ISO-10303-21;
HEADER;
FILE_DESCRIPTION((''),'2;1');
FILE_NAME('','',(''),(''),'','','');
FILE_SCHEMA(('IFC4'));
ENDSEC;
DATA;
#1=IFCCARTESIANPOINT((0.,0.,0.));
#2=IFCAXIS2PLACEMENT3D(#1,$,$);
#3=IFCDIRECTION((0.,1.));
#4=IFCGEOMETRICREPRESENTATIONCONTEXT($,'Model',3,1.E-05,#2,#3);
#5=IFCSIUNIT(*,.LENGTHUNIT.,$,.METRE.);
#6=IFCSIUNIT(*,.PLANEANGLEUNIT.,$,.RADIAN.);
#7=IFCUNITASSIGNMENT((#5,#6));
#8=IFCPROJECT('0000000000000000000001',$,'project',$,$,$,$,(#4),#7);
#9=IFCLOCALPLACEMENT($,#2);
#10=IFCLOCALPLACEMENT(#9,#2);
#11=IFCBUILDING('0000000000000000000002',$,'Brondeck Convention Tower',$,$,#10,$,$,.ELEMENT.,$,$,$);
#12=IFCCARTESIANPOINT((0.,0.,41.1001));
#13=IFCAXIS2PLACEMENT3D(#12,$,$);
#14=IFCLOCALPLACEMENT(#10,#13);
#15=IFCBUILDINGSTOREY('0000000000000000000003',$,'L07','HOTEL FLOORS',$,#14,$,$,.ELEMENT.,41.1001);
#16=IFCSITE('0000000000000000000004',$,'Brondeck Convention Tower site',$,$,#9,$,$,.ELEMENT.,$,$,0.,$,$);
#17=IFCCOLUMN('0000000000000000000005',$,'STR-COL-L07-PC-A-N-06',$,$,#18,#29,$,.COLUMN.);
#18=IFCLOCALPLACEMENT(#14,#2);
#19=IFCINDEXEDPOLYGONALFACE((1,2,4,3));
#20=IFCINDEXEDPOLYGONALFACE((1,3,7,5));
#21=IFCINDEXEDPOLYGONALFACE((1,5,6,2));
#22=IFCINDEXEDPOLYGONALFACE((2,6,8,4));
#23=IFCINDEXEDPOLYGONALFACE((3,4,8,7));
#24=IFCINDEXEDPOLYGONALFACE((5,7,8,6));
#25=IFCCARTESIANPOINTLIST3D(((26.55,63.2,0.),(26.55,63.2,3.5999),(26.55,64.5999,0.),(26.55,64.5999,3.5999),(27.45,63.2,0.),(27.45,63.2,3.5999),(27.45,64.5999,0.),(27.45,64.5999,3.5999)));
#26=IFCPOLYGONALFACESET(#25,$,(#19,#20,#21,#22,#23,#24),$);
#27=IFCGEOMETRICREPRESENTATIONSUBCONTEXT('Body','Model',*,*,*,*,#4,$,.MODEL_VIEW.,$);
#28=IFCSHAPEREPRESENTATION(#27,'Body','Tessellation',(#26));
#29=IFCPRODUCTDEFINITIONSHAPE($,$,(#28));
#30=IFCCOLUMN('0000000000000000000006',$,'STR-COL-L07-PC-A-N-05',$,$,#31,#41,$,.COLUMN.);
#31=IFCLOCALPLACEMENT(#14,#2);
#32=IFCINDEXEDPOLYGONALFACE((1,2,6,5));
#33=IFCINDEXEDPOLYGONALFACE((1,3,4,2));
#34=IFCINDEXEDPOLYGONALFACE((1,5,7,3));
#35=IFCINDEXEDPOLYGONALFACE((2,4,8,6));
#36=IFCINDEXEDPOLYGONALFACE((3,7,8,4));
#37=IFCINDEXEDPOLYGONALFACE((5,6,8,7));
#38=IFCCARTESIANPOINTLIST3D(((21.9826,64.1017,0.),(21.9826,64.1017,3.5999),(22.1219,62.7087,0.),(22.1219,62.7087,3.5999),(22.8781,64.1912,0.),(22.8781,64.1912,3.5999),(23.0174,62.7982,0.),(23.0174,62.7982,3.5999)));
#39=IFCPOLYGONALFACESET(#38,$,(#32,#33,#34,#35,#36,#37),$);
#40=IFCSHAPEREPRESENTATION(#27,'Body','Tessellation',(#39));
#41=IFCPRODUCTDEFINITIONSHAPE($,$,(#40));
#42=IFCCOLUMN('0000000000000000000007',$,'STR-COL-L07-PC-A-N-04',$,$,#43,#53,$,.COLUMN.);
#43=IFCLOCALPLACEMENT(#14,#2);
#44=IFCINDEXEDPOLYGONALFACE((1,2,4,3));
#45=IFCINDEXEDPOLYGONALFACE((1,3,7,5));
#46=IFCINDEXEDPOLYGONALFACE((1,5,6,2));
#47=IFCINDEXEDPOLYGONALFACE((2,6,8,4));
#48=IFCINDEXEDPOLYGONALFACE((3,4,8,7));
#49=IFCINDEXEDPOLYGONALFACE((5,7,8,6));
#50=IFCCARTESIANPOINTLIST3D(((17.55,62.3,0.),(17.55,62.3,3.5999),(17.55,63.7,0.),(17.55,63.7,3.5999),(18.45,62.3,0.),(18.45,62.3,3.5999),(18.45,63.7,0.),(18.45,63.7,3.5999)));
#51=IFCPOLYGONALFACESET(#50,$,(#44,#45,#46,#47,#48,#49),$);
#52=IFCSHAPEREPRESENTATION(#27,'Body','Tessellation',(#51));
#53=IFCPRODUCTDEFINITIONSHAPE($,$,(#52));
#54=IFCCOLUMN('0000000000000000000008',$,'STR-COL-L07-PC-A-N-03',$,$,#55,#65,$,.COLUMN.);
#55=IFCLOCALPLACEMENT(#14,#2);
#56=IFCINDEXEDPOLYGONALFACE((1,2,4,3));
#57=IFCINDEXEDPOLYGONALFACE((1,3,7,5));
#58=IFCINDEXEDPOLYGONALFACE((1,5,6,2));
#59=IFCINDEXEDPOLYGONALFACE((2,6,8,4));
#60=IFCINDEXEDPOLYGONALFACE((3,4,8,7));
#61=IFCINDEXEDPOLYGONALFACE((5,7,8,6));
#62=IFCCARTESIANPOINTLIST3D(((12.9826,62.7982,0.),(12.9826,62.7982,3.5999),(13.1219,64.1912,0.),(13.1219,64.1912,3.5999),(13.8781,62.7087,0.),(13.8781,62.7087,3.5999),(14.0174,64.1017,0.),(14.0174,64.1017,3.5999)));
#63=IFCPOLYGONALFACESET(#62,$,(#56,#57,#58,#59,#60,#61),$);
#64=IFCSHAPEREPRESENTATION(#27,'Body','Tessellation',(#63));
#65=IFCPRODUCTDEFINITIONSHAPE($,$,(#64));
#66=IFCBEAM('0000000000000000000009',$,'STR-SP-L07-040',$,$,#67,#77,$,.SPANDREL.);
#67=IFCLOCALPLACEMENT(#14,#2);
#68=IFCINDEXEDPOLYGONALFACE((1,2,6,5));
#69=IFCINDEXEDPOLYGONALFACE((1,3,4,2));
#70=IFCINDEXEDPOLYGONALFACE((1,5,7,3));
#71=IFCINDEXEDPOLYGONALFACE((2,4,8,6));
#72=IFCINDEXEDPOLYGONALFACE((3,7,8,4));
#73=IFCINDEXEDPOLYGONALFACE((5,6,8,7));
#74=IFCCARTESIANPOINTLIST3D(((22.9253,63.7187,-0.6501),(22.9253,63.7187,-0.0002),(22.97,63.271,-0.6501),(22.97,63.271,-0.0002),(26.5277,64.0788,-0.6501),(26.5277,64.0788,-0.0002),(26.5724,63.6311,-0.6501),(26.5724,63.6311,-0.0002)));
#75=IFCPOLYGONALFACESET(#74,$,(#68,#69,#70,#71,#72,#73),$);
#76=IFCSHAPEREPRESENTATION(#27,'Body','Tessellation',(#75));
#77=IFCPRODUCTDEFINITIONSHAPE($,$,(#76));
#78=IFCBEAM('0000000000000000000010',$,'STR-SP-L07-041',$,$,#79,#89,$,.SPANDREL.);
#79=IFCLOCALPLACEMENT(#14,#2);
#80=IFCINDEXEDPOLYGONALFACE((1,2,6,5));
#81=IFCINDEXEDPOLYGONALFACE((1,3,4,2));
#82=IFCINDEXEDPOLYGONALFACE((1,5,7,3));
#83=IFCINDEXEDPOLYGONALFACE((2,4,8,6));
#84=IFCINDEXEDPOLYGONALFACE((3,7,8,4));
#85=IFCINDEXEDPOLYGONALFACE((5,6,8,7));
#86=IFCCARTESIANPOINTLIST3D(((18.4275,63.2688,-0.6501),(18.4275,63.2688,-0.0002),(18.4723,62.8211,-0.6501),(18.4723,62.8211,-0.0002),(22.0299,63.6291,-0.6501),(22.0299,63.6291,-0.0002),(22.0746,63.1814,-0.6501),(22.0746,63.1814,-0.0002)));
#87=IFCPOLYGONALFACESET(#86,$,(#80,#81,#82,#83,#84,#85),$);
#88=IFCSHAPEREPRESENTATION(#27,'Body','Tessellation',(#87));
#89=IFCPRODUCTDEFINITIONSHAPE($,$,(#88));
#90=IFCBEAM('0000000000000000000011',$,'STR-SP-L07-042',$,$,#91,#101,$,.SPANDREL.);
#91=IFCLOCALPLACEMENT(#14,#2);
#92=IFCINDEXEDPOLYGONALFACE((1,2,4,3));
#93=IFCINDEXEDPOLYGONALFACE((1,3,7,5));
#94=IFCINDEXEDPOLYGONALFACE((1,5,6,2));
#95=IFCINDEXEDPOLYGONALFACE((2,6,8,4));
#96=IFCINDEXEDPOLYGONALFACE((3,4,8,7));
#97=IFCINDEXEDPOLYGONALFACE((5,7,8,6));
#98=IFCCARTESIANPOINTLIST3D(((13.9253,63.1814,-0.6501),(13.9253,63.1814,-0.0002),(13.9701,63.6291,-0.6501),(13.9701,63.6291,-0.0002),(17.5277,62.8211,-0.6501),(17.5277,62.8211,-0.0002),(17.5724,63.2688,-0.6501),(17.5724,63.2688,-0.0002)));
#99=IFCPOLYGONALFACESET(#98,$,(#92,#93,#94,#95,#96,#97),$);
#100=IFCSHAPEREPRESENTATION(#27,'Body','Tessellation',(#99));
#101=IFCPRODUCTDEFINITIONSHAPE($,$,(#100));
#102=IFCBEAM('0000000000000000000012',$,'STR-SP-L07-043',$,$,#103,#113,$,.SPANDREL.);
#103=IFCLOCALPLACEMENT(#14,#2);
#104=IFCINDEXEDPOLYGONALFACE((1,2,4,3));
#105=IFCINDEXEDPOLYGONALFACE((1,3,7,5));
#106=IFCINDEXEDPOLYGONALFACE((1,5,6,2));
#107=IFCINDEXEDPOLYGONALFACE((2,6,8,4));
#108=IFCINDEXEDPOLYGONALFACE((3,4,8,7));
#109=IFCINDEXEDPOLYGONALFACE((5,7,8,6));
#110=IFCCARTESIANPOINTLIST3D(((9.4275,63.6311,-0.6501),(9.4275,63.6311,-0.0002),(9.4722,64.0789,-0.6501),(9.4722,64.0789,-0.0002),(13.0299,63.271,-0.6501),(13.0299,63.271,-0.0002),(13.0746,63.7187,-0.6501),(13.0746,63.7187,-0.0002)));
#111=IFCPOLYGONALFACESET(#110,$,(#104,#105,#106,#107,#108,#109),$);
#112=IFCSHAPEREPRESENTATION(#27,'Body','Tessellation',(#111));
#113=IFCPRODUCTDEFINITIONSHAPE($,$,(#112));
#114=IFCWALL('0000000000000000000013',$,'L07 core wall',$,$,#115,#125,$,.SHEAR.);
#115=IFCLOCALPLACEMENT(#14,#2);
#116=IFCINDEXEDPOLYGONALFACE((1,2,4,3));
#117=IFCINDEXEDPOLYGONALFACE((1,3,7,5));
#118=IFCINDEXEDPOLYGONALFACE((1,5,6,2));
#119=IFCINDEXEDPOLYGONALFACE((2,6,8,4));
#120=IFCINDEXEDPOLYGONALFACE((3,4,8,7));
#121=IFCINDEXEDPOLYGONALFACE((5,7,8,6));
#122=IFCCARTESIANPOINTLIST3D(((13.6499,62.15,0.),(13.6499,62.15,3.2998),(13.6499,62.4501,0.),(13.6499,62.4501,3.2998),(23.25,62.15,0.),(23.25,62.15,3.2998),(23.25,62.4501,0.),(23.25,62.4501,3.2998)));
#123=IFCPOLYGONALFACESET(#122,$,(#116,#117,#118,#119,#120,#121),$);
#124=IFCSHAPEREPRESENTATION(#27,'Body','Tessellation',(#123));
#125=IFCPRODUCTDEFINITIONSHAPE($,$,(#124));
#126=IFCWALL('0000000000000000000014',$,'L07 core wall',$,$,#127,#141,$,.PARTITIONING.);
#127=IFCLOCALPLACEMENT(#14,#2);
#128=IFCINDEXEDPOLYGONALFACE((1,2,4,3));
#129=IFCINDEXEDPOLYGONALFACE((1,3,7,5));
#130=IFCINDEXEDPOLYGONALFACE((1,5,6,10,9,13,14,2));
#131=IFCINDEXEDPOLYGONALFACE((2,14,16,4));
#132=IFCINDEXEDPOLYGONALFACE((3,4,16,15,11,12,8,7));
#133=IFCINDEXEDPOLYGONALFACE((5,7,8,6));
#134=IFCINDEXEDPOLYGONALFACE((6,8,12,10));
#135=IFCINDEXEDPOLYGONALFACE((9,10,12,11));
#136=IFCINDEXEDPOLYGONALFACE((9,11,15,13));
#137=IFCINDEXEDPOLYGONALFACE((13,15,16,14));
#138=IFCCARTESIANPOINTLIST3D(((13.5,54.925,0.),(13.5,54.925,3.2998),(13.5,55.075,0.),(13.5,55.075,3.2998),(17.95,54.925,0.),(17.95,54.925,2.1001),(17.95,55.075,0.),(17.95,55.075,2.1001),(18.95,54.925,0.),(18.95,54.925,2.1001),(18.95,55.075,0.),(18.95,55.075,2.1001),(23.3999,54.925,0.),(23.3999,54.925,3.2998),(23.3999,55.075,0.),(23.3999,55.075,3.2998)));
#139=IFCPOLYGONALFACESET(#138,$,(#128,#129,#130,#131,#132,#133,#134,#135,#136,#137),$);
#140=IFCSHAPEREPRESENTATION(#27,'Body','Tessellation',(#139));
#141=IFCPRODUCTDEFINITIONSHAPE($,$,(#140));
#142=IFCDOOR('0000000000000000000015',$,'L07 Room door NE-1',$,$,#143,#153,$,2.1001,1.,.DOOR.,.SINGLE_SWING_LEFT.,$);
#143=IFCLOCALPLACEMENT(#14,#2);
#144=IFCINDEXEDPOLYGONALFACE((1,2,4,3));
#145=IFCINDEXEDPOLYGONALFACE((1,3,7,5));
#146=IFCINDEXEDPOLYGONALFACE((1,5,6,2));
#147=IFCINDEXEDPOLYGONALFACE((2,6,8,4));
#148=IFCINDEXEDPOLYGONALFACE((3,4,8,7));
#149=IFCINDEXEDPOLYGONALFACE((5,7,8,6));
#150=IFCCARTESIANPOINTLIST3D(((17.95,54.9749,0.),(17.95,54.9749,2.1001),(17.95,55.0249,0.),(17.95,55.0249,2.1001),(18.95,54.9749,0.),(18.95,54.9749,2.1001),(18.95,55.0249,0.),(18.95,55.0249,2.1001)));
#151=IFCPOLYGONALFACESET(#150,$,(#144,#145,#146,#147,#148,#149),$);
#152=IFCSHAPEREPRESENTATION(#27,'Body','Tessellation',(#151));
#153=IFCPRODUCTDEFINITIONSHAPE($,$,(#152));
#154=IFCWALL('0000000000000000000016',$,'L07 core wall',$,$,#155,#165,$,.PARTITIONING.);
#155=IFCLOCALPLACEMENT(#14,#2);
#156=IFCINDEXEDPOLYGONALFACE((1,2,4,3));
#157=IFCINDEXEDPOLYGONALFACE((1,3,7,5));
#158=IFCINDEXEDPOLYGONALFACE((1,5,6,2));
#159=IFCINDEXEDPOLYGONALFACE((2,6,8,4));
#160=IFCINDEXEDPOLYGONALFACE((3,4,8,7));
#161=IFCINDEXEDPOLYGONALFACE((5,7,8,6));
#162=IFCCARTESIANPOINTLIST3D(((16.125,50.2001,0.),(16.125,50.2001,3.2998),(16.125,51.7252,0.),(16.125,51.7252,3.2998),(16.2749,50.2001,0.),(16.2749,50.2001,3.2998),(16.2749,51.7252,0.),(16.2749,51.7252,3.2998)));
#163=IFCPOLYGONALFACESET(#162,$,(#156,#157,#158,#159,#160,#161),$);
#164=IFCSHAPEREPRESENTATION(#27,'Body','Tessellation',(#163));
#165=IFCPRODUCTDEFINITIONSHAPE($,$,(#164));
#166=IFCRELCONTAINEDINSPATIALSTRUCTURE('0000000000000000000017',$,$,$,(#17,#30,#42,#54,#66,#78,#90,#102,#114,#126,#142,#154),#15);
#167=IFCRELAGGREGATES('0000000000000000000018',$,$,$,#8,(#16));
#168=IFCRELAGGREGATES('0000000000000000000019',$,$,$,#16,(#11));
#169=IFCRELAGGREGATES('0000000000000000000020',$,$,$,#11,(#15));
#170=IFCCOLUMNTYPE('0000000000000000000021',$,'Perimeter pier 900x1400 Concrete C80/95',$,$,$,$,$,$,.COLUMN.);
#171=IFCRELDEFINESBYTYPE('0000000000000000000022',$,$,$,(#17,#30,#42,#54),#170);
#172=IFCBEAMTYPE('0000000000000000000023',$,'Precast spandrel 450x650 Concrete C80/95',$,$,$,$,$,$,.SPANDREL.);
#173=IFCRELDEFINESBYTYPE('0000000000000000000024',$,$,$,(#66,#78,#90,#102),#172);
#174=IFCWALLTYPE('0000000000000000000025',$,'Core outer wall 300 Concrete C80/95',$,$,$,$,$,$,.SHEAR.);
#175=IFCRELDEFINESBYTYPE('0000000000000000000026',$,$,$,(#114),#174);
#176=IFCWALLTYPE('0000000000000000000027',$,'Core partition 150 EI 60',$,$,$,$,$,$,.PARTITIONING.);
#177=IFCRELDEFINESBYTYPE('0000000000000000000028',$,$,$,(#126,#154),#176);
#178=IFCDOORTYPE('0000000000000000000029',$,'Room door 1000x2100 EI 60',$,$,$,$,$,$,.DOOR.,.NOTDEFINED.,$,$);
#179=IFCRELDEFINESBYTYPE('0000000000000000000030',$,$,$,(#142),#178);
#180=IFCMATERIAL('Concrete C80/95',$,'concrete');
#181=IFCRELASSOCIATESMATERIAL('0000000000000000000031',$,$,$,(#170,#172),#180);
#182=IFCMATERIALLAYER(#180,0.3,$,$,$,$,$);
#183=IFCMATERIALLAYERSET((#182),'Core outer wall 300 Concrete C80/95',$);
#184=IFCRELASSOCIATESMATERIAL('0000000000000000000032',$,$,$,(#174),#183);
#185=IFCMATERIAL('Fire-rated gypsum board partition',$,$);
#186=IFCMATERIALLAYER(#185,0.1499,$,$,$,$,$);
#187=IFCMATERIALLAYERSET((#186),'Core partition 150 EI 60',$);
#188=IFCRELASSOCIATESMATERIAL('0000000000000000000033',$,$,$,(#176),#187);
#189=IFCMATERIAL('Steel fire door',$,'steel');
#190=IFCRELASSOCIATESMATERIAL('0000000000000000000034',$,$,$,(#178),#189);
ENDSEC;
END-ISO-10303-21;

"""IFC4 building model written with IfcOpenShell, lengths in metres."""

from ifc_helpers import new_model, si_unit, direction, frame, frame_2d, origin, origin_2d, place, context, subcontext, project, spatial, rectangle, extrude, material, layer, layer_set, material_profile, profile_set, type_object, element, fill, save


model = new_model("IFC4")

# Units and contexts
model_context = context("Model", 3, precision=1e-05, world=origin(), true_north=direction((0.0, 1.0)))
body_context = subcontext(model_context, "Body", "Model", "MODEL_VIEW")
ifc_project = project(units=[si_unit("LENGTHUNIT", "METRE"), si_unit("PLANEANGLEUNIT", "RADIAN")], contexts=[model_context])

# Site, building, storey
site_placement = place(None, origin())
site = spatial("IfcSite", under=ifc_project, at=site_placement, Name="Brondeck Convention Tower site", CompositionType="ELEMENT", RefElevation=0.0)
building_placement = place(site_placement, origin())
building = spatial("IfcBuilding", under=site, at=building_placement, Name="Brondeck Convention Tower", CompositionType="ELEMENT")
storey_placement = place(building_placement, frame((0.0, 0.0, 41.1001)))
storey = spatial("IfcBuildingStorey", under=building, at=storey_placement, Name="L07", Description="HOTEL FLOORS", CompositionType="ELEMENT", Elevation=41.1001)

# Columns
ifc_material_1 = material(Name="Concrete C80/95", Category="concrete")
ifc_material_profile_1 = material_profile(ifc_material_1, rectangle(XDim=0.8999, YDim=1.3999, at=origin_2d()), Name="Perimeter pier 900x1400 Concrete C80/95")
ifc_profile_set_1 = profile_set([ifc_material_profile_1], Name="Concrete C80/95")
column_type = type_object("IfcColumnType", Name="Perimeter pier 900x1400 Concrete C80/95", PredefinedType="COLUMN", material=ifc_profile_set_1)
for number, where, z_axis, x_axis, name in (
    (1, (27.0, 63.8999, 0.0), (0.0, 0.0, 1.0), (-1.0, 0.0, 0.0), "STR-COL-L07-PC-A-N-06"),
    (2, (22.5, 63.45, 0.0), (0.0, 0.0, 1.0), (-0.995037, -0.099504, 0.0), "STR-COL-L07-PC-A-N-05"),
    (3, (18.0, 63.0, 0.0), (0.0, 0.0, 1.0), (-1.0, 0.0, 0.0), "STR-COL-L07-PC-A-N-04"),
    (4, (13.5, 63.45, 0.0), (0.0, 0.0, 1.0), (-0.995037, 0.099504, 0.0), "STR-COL-L07-PC-A-N-03"),
):
    element("IfcColumn", number, at=place(storey_placement, frame(where, z_axis=z_axis, x_axis=x_axis)), inside=storey, type_object=column_type, Name=name, PredefinedType="COLUMN", context=body_context, shape_type="SweptSolid", body=[
        extrude(rectangle(XDim=0.8999, YDim=1.3999, at=origin_2d()), origin(), (0.0, 0.0, 1.0), 3.5999),
    ])

# Beams
ifc_material_profile_2 = material_profile(ifc_material_1, rectangle(XDim=0.45, YDim=0.6499, at=origin_2d()), Name="Precast spandrel 450x650 Concrete C80/95")
ifc_profile_set_2 = profile_set([ifc_material_profile_2], Name="Concrete C80/95")
beam_type = type_object("IfcBeamType", Name="Precast spandrel 450x650 Concrete C80/95", PredefinedType="SPANDREL", material=ifc_profile_set_2)
for number, where, z_axis, x_axis, name in (
    (5, (26.55, 63.855, -0.3252), (-0.995041, -0.09947, 0.0), (0.09947, -0.995041, 0.0), "STR-SP-L07-040"),
    (6, (22.0522, 63.4053, -0.3252), (-0.995034, -0.099537, 0.0), (0.099537, -0.995034, 0.0), "STR-SP-L07-041"),
    (7, (17.55, 63.0449, -0.3252), (-0.995034, 0.099537, 0.0), (-0.099537, -0.995034, 0.0), "STR-SP-L07-042"),
    (8, (13.0522, 63.4949, -0.3252), (-0.995041, 0.09947, 0.0), (-0.09947, -0.995041, 0.0), "STR-SP-L07-043"),
):
    element("IfcBeam", number, at=place(storey_placement, frame(where, z_axis=z_axis, x_axis=x_axis)), inside=storey, type_object=beam_type, Name=name, PredefinedType="SPANDREL", context=body_context, shape_type="SweptSolid", body=[
        extrude(rectangle(XDim=0.45, YDim=0.6499, at=origin_2d()), origin(), (0.0, 0.0, 1.0), 3.6204),
    ])

# Wall
ifc_layer_1 = layer(ifc_material_1, 0.3)
ifc_layer_set_1 = layer_set([ifc_layer_1], Name="Core outer wall 300 Concrete C80/95")
wall_type_1 = type_object("IfcWallType", Name="Core outer wall 300 Concrete C80/95", PredefinedType="SHEAR", material=ifc_layer_set_1)
wall_1_placement = place(storey_placement, frame((13.6499, 62.3, 0.0), z_axis=(0.0, 0.0, 1.0), x_axis=(1.0, 0.0, 0.0)))
element("IfcWall", 9, at=wall_1_placement, inside=storey, type_object=wall_type_1, Name="L07 core wall", PredefinedType="SHEAR", context=body_context, shape_type="SweptSolid", body=[
    extrude(rectangle(XDim=9.6001, YDim=0.3, at=frame_2d((4.8, 0.0))), origin(), (0.0, 0.0, 1.0), 3.2998),
])

# Wall, opening, door
ifc_material_2 = material(Name="Fire-rated gypsum board partition")
ifc_layer_2 = layer(ifc_material_2, 0.1499)
ifc_layer_set_2 = layer_set([ifc_layer_2], Name="Core partition 150 EI 60")
wall_type_2 = type_object("IfcWallType", Name="Core partition 150 EI 60", PredefinedType="PARTITIONING", material=ifc_layer_set_2)
wall_2_placement = place(storey_placement, frame((13.5, 55.0, 0.0), z_axis=(0.0, 0.0, 1.0), x_axis=(1.0, 0.0, 0.0)))
wall_2 = element("IfcWall", 10, at=wall_2_placement, inside=storey, type_object=wall_type_2, Name="L07 core wall", PredefinedType="PARTITIONING", context=body_context, shape_type="SweptSolid", body=[
    extrude(rectangle(XDim=9.8999, YDim=0.1499, at=frame_2d((4.95, 0.0))), origin(), (0.0, 0.0, 1.0), 3.2998),
])
opening_1_placement = place(wall_2_placement, frame((4.45, 0.0, 0.0)))
opening_1 = element("IfcOpeningElement", 11, at=opening_1_placement, cuts=wall_2, PredefinedType="OPENING", context=body_context, shape_type="SweptSolid", body=[
    extrude(rectangle(XDim=1.0, YDim=2.1001, at=frame_2d((0.5, 1.05))), frame((0.0, 0.085, 0.0), z_axis=(0.0, -1.0, 0.0), x_axis=(1.0, 0.0, 0.0)), (0.0, 0.0, 1.0), 0.1699),
])
ifc_material_3 = material(Name="Steel fire door", Category="steel")
door_type_1 = type_object("IfcDoorType", Name="Room door 1000x2100 EI 60", OperationType="NOTDEFINED", PredefinedType="DOOR", material=ifc_material_3)
door_1_placement = place(opening_1_placement, origin())
door_1 = element("IfcDoor", 12, at=door_1_placement, inside=storey, type_object=door_type_1, Name="L07 Room door NE-1", OperationType="SINGLE_SWING_LEFT", OverallHeight=2.1001, OverallWidth=1.0, PredefinedType="DOOR", context=body_context, shape_type="SweptSolid", body=[
    extrude(rectangle(XDim=1.0, YDim=2.1001, at=frame_2d((0.5, 1.05))), frame((0.0, 0.0249, 0.0), z_axis=(0.0, -1.0, 0.0), x_axis=(1.0, 0.0, 0.0)), (0.0, 0.0, 1.0), 0.05),
])
fill(opening_1, door_1)

# Wall
wall_3_placement = place(storey_placement, frame((16.2, 50.2, 0.0), z_axis=(0.0, 0.0, 1.0), x_axis=(0.0, 1.0, 0.0)))
element("IfcWall", 13, at=wall_3_placement, inside=storey, type_object=wall_type_2, Name="L07 core wall", PredefinedType="PARTITIONING", context=body_context, shape_type="SweptSolid", body=[
    extrude(rectangle(XDim=1.5251, YDim=0.1499, at=frame_2d((0.7627, 0.0))), origin(), (0.0, 0.0, 1.0), 3.2998),
])

save(model, "model.ifc")
